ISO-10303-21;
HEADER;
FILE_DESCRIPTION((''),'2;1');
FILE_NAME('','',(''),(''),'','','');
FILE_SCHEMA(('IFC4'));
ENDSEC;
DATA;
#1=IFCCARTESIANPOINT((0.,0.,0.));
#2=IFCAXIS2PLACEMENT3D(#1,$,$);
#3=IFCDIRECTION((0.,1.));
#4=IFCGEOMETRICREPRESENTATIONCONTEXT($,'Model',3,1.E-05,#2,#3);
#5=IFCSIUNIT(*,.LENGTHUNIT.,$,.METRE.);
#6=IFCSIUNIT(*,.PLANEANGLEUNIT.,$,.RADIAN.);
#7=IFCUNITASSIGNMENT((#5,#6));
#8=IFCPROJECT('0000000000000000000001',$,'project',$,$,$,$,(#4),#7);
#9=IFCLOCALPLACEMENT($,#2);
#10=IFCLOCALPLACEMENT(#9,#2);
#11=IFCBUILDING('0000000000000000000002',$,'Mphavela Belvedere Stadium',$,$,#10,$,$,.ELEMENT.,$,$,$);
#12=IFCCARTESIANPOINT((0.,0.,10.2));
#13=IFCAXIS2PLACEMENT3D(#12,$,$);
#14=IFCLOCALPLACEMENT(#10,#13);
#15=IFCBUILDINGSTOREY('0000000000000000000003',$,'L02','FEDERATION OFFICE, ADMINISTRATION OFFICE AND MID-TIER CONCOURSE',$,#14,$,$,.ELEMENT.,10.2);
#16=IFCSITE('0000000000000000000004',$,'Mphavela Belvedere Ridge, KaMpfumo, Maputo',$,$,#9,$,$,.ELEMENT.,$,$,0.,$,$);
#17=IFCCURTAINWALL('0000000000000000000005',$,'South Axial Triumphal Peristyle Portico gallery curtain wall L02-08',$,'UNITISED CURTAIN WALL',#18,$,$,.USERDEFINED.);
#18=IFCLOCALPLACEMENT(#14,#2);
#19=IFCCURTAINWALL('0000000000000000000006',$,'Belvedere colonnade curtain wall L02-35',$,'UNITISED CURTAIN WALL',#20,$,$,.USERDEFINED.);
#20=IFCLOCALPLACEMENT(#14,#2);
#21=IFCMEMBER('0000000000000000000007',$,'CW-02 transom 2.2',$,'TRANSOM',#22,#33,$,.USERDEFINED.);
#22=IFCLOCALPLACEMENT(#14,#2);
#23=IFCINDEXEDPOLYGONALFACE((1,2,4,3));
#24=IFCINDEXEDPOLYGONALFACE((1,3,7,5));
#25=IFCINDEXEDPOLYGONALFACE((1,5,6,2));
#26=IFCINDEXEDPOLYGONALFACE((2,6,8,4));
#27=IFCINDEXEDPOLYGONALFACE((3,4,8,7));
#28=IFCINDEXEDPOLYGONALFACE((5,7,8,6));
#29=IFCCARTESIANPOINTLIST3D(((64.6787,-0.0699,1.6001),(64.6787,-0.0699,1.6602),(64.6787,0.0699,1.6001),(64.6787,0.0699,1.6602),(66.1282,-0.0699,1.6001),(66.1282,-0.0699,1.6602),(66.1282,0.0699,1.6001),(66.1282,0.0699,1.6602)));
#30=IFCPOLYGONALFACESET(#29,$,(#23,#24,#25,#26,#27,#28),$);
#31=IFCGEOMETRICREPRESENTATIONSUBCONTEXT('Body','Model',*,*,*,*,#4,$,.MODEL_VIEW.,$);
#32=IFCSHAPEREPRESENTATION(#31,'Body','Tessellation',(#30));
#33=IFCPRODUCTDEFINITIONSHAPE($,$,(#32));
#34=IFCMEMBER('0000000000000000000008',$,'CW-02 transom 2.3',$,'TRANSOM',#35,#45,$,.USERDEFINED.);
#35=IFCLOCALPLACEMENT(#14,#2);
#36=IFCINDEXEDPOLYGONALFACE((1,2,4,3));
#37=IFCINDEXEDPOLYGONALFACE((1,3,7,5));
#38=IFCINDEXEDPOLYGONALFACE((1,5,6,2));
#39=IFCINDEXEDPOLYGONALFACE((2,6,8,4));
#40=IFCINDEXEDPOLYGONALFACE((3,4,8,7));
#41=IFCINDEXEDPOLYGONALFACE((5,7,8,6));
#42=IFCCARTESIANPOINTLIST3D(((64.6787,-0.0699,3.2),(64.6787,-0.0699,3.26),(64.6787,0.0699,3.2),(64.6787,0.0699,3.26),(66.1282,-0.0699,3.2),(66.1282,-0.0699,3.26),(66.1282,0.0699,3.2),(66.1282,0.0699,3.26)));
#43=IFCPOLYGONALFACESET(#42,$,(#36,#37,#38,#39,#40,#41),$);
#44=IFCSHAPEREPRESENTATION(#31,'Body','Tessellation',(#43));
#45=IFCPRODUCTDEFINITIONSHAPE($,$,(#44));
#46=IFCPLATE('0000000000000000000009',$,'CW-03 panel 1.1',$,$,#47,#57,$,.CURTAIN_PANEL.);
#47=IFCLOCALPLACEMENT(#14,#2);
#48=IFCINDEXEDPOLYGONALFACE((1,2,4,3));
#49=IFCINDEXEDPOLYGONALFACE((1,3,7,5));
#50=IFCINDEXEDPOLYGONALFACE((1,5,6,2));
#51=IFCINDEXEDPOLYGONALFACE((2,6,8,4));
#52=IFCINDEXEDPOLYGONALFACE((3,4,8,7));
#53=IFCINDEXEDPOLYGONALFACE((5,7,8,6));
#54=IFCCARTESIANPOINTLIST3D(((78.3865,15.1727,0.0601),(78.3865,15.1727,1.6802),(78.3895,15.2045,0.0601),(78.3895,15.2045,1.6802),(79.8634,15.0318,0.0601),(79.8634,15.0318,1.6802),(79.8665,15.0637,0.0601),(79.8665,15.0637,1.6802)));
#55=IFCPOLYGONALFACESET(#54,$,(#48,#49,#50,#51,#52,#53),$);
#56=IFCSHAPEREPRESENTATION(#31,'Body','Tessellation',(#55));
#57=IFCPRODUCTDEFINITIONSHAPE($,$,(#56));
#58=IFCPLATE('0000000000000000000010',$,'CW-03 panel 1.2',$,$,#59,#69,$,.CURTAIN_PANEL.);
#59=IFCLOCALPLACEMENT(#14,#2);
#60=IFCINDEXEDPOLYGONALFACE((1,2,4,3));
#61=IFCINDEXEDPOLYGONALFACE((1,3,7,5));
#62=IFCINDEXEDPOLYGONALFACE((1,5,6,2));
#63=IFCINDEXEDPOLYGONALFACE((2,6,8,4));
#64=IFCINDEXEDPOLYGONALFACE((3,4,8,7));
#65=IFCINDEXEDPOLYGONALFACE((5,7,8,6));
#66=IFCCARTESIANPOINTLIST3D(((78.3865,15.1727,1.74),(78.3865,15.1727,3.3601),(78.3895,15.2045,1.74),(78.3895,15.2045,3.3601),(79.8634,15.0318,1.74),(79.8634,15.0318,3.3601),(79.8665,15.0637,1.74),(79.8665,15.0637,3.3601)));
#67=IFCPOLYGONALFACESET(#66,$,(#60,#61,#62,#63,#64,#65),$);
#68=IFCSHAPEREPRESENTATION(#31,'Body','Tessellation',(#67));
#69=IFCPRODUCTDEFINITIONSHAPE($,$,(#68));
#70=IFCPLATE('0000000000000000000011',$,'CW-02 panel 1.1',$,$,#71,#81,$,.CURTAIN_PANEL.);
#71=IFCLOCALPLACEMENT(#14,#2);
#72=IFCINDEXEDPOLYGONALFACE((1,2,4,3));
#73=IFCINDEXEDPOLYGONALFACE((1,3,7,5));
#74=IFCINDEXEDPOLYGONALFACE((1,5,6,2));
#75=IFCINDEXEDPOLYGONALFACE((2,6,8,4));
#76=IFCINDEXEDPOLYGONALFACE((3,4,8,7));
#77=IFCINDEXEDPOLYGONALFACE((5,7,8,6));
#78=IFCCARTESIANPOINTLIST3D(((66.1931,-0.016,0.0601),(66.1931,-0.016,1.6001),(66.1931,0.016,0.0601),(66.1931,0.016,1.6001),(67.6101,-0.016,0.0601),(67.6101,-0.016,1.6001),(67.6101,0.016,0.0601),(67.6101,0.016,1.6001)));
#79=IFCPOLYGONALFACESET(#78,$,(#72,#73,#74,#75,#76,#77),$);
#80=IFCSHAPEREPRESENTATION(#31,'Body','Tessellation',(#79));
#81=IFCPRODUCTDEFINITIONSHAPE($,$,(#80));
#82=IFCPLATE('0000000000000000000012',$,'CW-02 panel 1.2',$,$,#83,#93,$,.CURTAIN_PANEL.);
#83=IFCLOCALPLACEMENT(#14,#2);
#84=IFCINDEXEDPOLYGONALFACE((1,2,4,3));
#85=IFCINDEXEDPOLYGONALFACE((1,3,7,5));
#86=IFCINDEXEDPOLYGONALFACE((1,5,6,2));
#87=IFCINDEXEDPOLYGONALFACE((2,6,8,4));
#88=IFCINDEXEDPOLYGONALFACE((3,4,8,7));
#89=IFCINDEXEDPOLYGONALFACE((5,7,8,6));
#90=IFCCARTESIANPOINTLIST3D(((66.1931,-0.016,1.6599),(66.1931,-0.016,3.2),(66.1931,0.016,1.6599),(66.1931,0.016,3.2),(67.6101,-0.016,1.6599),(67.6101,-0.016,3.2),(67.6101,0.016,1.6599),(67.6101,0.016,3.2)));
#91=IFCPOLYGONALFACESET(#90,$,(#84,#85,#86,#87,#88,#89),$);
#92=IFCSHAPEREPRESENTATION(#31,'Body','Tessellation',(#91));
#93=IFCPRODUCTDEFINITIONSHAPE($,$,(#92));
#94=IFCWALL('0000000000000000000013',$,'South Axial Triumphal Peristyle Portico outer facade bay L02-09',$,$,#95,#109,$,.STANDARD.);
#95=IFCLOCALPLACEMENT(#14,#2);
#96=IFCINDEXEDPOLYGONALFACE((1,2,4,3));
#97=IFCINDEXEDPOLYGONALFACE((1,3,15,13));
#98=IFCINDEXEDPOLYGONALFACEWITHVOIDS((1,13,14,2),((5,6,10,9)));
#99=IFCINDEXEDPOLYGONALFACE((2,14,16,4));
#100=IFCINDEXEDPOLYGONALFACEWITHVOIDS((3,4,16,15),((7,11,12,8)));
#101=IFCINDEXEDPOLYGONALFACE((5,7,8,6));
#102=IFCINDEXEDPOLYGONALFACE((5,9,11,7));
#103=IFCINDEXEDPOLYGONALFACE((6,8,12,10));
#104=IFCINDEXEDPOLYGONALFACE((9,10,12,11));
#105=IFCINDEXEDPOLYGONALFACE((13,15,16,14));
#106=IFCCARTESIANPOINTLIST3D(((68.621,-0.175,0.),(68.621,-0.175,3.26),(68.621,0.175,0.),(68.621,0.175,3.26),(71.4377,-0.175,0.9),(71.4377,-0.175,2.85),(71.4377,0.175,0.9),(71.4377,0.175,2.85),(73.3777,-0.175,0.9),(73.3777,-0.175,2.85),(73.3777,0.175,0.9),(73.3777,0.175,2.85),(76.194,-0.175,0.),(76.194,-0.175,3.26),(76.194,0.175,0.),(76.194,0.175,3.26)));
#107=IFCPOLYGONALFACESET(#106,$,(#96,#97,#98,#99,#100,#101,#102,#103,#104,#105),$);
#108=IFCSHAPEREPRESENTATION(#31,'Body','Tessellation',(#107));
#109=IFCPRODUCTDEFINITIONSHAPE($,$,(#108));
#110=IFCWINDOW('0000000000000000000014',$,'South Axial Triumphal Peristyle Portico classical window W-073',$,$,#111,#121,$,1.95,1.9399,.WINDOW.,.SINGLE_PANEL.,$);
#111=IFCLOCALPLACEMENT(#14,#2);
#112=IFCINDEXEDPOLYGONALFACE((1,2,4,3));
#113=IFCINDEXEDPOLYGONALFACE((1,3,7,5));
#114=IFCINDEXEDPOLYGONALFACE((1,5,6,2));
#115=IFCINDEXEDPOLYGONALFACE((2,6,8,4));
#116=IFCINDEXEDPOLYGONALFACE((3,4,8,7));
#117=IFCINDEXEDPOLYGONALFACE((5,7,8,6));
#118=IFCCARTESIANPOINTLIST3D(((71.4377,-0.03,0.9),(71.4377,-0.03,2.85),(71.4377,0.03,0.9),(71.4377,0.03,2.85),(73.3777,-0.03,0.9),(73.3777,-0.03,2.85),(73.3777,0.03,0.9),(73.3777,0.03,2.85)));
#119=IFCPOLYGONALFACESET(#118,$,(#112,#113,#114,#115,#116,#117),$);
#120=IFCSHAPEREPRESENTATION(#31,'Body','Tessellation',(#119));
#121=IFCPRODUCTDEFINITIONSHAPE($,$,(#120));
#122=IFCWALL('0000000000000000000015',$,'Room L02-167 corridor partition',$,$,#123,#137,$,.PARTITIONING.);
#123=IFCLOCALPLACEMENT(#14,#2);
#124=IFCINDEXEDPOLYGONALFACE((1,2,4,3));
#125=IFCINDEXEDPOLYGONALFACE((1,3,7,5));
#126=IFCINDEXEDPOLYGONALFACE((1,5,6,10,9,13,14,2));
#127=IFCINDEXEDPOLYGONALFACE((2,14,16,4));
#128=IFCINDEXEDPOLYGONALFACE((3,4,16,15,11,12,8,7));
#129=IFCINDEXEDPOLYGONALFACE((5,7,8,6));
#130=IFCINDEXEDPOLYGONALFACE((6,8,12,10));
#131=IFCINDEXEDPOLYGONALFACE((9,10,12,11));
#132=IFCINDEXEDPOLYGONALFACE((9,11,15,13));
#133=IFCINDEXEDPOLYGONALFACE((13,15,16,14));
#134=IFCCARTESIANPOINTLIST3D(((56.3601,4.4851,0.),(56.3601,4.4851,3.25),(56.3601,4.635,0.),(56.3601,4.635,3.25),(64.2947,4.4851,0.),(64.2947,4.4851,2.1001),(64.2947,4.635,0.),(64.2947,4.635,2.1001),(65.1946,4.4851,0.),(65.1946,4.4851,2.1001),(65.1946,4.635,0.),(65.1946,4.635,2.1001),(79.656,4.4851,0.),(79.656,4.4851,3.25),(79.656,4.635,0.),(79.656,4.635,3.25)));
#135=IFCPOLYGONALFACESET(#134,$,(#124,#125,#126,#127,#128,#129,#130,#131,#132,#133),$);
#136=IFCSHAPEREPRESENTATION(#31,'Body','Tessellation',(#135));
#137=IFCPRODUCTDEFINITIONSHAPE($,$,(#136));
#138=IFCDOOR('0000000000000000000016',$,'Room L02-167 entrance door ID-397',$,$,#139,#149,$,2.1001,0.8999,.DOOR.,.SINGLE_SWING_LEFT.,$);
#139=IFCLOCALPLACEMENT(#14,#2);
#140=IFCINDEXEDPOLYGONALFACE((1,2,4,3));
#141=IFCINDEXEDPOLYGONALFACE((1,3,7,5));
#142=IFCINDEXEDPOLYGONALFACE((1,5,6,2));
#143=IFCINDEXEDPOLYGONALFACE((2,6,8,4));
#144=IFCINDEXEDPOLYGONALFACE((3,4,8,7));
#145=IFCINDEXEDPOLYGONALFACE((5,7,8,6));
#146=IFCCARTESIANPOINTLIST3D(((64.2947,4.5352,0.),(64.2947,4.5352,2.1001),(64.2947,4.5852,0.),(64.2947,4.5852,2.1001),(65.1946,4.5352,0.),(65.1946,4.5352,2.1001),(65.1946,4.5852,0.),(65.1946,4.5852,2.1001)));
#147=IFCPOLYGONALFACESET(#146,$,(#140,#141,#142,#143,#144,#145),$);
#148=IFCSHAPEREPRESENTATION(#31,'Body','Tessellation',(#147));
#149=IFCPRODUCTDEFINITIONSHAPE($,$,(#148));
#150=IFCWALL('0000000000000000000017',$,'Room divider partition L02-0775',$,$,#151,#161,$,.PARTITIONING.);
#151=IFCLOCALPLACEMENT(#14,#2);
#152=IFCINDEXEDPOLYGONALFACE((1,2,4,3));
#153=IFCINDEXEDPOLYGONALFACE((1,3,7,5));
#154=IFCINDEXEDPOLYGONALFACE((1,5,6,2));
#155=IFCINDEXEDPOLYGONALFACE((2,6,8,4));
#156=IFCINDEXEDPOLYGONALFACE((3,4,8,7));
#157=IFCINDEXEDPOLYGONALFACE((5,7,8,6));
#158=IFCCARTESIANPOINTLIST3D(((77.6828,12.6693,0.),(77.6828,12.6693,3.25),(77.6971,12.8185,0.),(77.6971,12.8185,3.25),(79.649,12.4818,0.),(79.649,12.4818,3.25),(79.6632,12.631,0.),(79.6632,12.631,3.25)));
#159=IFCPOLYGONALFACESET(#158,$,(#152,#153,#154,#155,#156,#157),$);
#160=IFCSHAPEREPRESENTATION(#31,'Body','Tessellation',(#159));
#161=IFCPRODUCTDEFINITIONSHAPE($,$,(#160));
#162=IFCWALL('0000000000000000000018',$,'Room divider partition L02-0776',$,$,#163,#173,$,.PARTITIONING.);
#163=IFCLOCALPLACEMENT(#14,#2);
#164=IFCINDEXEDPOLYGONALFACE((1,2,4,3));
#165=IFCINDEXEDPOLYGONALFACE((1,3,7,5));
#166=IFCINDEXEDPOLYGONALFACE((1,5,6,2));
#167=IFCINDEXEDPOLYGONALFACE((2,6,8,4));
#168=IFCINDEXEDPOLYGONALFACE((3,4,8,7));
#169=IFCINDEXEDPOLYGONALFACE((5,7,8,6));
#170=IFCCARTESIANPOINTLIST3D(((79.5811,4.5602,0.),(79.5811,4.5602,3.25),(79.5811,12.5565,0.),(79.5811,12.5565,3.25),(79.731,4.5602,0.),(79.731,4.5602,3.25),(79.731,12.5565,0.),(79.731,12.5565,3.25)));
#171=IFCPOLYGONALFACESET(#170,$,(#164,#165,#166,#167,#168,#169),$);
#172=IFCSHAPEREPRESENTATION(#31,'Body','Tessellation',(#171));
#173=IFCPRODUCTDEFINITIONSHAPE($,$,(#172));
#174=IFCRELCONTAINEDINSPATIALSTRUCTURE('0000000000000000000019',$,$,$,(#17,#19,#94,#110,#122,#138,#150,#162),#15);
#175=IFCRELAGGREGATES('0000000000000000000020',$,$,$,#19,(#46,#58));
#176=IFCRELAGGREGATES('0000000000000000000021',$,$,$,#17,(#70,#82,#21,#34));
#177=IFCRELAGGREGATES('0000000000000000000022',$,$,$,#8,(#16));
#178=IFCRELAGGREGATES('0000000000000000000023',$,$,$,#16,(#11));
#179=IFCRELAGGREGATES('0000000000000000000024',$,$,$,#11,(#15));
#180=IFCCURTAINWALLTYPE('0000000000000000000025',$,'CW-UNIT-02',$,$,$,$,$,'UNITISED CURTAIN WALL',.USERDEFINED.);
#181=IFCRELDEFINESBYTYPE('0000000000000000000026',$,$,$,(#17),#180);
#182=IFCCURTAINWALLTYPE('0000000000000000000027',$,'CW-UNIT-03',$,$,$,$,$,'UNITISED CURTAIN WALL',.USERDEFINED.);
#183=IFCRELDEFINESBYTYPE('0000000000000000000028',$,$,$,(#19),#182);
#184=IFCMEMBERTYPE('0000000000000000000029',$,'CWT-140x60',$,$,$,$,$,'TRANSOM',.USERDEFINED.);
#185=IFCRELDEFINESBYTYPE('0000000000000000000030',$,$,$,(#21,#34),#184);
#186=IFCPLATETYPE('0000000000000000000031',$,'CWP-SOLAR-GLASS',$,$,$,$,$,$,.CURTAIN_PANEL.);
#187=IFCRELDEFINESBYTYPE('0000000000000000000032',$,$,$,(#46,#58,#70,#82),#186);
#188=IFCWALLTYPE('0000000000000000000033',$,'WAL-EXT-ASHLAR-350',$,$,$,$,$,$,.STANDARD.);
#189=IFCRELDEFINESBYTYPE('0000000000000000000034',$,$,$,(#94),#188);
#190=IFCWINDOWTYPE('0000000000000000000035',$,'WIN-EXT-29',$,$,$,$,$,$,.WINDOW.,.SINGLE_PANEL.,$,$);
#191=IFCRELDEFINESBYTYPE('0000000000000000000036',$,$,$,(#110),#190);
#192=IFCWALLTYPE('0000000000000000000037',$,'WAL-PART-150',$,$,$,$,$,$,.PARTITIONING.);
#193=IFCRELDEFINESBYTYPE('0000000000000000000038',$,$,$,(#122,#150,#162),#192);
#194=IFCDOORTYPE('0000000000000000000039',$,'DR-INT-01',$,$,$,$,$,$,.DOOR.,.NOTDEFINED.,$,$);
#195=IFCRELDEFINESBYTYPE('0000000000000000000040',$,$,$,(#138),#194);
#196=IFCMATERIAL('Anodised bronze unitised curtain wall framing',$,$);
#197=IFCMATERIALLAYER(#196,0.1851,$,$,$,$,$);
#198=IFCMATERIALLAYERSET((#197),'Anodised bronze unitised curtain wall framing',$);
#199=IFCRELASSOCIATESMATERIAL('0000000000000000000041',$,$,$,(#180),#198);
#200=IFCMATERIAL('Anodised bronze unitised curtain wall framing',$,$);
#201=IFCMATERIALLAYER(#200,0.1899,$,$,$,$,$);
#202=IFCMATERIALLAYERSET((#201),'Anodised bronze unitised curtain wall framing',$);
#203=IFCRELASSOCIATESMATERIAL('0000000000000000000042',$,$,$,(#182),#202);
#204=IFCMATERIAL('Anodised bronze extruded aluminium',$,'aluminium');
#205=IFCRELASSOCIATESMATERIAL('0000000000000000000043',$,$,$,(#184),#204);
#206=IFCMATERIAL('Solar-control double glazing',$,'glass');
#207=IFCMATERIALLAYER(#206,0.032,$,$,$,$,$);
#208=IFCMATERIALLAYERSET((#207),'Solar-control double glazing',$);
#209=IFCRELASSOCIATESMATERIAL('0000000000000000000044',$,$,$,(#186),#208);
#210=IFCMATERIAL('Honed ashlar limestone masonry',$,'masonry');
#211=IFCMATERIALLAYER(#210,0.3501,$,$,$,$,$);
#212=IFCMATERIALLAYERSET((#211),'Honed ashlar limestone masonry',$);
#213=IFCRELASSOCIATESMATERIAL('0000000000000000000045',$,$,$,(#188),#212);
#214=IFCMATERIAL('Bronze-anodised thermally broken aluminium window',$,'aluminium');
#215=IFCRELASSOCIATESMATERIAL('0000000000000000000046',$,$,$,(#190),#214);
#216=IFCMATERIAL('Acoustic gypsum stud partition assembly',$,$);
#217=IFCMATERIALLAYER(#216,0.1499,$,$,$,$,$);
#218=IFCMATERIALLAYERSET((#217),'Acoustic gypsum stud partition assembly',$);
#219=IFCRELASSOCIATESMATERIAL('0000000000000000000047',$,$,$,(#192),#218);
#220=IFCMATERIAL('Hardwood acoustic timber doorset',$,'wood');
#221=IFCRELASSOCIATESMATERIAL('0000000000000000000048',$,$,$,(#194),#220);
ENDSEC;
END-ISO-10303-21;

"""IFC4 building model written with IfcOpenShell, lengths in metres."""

from ifc_helpers import new_model, si_unit, direction, frame, frame_2d, origin, origin_2d, place, context, subcontext, project, spatial, rectangle, extrude, material, layer, layer_set, material_profile, profile_set, type_object, element, fill, aggregate, save


model = new_model("IFC4")

# Units and contexts
model_context = context("Model", 3, precision=1e-05, world=origin(), true_north=direction((0.0, 1.0)))
body_context = subcontext(model_context, "Body", "Model", "MODEL_VIEW")
ifc_project = project(units=[si_unit("LENGTHUNIT", "METRE"), si_unit("PLANEANGLEUNIT", "RADIAN")], contexts=[model_context])

# Site, building, storey
site_placement = place(None, origin())
site = spatial("IfcSite", under=ifc_project, at=site_placement, Name="Mphavela Belvedere Ridge, KaMpfumo, Maputo", CompositionType="ELEMENT", RefElevation=0.0)
building_placement = place(site_placement, origin())
building = spatial("IfcBuilding", under=site, at=building_placement, Name="Mphavela Belvedere Stadium", CompositionType="ELEMENT")
storey_placement = place(building_placement, frame((0.0, 0.0, 10.2)))
storey = spatial("IfcBuildingStorey", under=building, at=storey_placement, Name="L02", Description="FEDERATION OFFICE, ADMINISTRATION OFFICE AND MID-TIER CONCOURSE", CompositionType="ELEMENT", Elevation=10.2)

# Curtain wall
ifc_material_1 = material(Name="Anodised bronze unitised curtain wall framing")
ifc_layer_1 = layer(ifc_material_1, 0.1851)
ifc_layer_set_1 = layer_set([ifc_layer_1], Name="Anodised bronze unitised curtain wall framing")
curtain_wall_type_1 = type_object("IfcCurtainWallType", Name="CW-UNIT-02", ElementType="UNITISED CURTAIN WALL", PredefinedType="USERDEFINED", material=ifc_layer_set_1)
curtain_wall_1_placement = place(storey_placement, origin())
curtain_wall_1 = element("IfcCurtainWall", 1, at=curtain_wall_1_placement, inside=storey, type_object=curtain_wall_type_1, Name="South Axial Triumphal Peristyle Portico gallery curtain wall L02-08", ObjectType="UNITISED CURTAIN WALL", PredefinedType="USERDEFINED")

# Curtain wall
ifc_material_2 = material(Name="Anodised bronze unitised curtain wall framing")
ifc_layer_2 = layer(ifc_material_2, 0.1899)
ifc_layer_set_2 = layer_set([ifc_layer_2], Name="Anodised bronze unitised curtain wall framing")
curtain_wall_type_2 = type_object("IfcCurtainWallType", Name="CW-UNIT-03", ElementType="UNITISED CURTAIN WALL", PredefinedType="USERDEFINED", material=ifc_layer_set_2)
curtain_wall_2_placement = place(storey_placement, origin())
curtain_wall_2 = element("IfcCurtainWall", 2, at=curtain_wall_2_placement, inside=storey, type_object=curtain_wall_type_2, Name="Belvedere colonnade curtain wall L02-35", ObjectType="UNITISED CURTAIN WALL", PredefinedType="USERDEFINED")
ifc_material_3 = material(Name="Anodised bronze extruded aluminium", Category="aluminium")
ifc_material_profile_1 = material_profile(ifc_material_3, rectangle(XDim=0.1399, YDim=0.0601, at=origin_2d()), Name="CW-TRN 140x60")
ifc_profile_set_1 = profile_set([ifc_material_profile_1], Name="Anodised bronze extruded aluminium")
member_type_1 = type_object("IfcMemberType", Name="CWT-140x60", ElementType="TRANSOM", PredefinedType="USERDEFINED", material=ifc_profile_set_1)

# Members
member_1_placement = place(storey_placement, frame((66.1282, 0.0, 1.6301), z_axis=(-1.0, 0.0, 0.0), x_axis=(0.0, -1.0, 0.0)))
member_1 = element("IfcMember", 3, at=member_1_placement, type_object=member_type_1, Name="CW-02 transom 2.2", ObjectType="TRANSOM", PredefinedType="USERDEFINED", context=body_context, shape_type="SweptSolid", body=[
    extrude(rectangle(XDim=0.1399, YDim=0.0601, at=origin_2d()), origin(), (0.0, 0.0, 1.0), 1.4495),
])
member_2_placement = place(storey_placement, frame((66.1282, 0.0, 3.23), z_axis=(-1.0, 0.0, 0.0), x_axis=(0.0, -1.0, 0.0)))
member_2 = element("IfcMember", 4, at=member_2_placement, type_object=member_type_1, Name="CW-02 transom 2.3", ObjectType="TRANSOM", PredefinedType="USERDEFINED", context=body_context, shape_type="SweptSolid", body=[
    extrude(rectangle(XDim=0.1399, YDim=0.0601, at=origin_2d()), origin(), (0.0, 0.0, 1.0), 1.4495),
])

# Plates
ifc_material_4 = material(Name="Solar-control double glazing", Category="glass")
ifc_layer_3 = layer(ifc_material_4, 0.032)
ifc_layer_set_3 = layer_set([ifc_layer_3], Name="Solar-control double glazing")
plate_type = type_object("IfcPlateType", Name="CWP-SOLAR-GLASS", PredefinedType="CURTAIN_PANEL", material=ifc_layer_set_3)
plate_1_placement = place(storey_placement, frame((79.1265, 15.1182, 0.0601), z_axis=(0.0, 0.0, 1.0), x_axis=(0.995484, -0.094926, 0.0)))
plate_1 = element("IfcPlate", 5, at=plate_1_placement, type_object=plate_type, Name="CW-03 panel 1.1", PredefinedType="CURTAIN_PANEL", context=body_context, shape_type="SweptSolid", body=[
    extrude(rectangle(XDim=1.4836, YDim=0.032, at=origin_2d()), origin(), (0.0, 0.0, 1.0), 1.6201),
])
plate_2_placement = place(storey_placement, frame((79.1265, 15.1182, 1.74), z_axis=(0.0, 0.0, 1.0), x_axis=(0.995484, -0.094926, 0.0)))
plate_2 = element("IfcPlate", 6, at=plate_2_placement, type_object=plate_type, Name="CW-03 panel 1.2", PredefinedType="CURTAIN_PANEL", context=body_context, shape_type="SweptSolid", body=[
    extrude(rectangle(XDim=1.4836, YDim=0.032, at=origin_2d()), origin(), (0.0, 0.0, 1.0), 1.6201),
])
aggregate(curtain_wall_2, [plate_1, plate_2])
plate_3_placement = place(storey_placement, frame((66.9016, 0.0, 0.0601), z_axis=(0.0, 0.0, 1.0), x_axis=(-1.0, 0.0, 0.0)))
plate_3 = element("IfcPlate", 7, at=plate_3_placement, type_object=plate_type, Name="CW-02 panel 1.1", PredefinedType="CURTAIN_PANEL", context=body_context, shape_type="SweptSolid", body=[
    extrude(rectangle(XDim=1.417, YDim=0.032, at=origin_2d()), origin(), (0.0, 0.0, 1.0), 1.54),
])
plate_4_placement = place(storey_placement, frame((66.9016, 0.0, 1.6599), z_axis=(0.0, 0.0, 1.0), x_axis=(-1.0, 0.0, 0.0)))
plate_4 = element("IfcPlate", 8, at=plate_4_placement, type_object=plate_type, Name="CW-02 panel 1.2", PredefinedType="CURTAIN_PANEL", context=body_context, shape_type="SweptSolid", body=[
    extrude(rectangle(XDim=1.417, YDim=0.032, at=origin_2d()), origin(), (0.0, 0.0, 1.0), 1.54),
])
aggregate(curtain_wall_1, [plate_3, plate_4, member_1, member_2])

# Wall, opening, window
ifc_material_5 = material(Name="Honed ashlar limestone masonry", Category="masonry")
ifc_layer_4 = layer(ifc_material_5, 0.3501)
ifc_layer_set_4 = layer_set([ifc_layer_4], Name="Honed ashlar limestone masonry")
wall_type_1 = type_object("IfcWallType", Name="WAL-EXT-ASHLAR-350", PredefinedType="STANDARD", material=ifc_layer_set_4)
wall_1_placement = place(storey_placement, frame((76.1941, 0.0, 0.0), z_axis=(0.0, 0.0, 1.0), x_axis=(-1.0, 0.0, 0.0)))
wall_1 = element("IfcWall", 9, at=wall_1_placement, inside=storey, type_object=wall_type_1, Name="South Axial Triumphal Peristyle Portico outer facade bay L02-09", PredefinedType="STANDARD", context=body_context, shape_type="SweptSolid", body=[
    extrude(rectangle(XDim=7.573, YDim=0.3501, at=frame_2d((3.7866, 0.0))), origin(), (0.0, 0.0, 1.0), 3.26),
])
opening_1_placement = place(wall_1_placement, frame((2.8164, 0.0, 0.8999)))
opening_1 = element("IfcOpeningElement", 10, at=opening_1_placement, cuts=wall_1, PredefinedType="OPENING", context=body_context, shape_type="SweptSolid", body=[
    extrude(rectangle(XDim=1.9399, YDim=1.95, at=frame_2d((0.97, 0.9751))), frame((0.0, 0.1851, 0.0), z_axis=(0.0, -1.0, 0.0), x_axis=(1.0, 0.0, 0.0)), (0.0, 0.0, 1.0), 0.3701),
])
ifc_material_6 = material(Name="Bronze-anodised thermally broken aluminium window", Category="aluminium")
window_type = type_object("IfcWindowType", Name="WIN-EXT-29", PartitioningType="SINGLE_PANEL", PredefinedType="WINDOW", material=ifc_material_6)
window_placement = place(opening_1_placement, origin())
window = element("IfcWindow", 11, at=window_placement, inside=storey, type_object=window_type, Name="South Axial Triumphal Peristyle Portico classical window W-073", OverallHeight=1.95, OverallWidth=1.9399, PartitioningType="SINGLE_PANEL", PredefinedType="WINDOW", context=body_context, shape_type="SweptSolid", body=[
    extrude(rectangle(XDim=1.9399, YDim=1.95, at=frame_2d((0.97, 0.9751))), frame((0.0, 0.03, 0.0), z_axis=(0.0, -1.0, 0.0), x_axis=(1.0, 0.0, 0.0)), (0.0, 0.0, 1.0), 0.0601),
])
fill(opening_1, window)

# Wall, opening, door
ifc_material_7 = material(Name="Acoustic gypsum stud partition assembly")
ifc_layer_5 = layer(ifc_material_7, 0.1499)
ifc_layer_set_5 = layer_set([ifc_layer_5], Name="Acoustic gypsum stud partition assembly")
wall_type_2 = type_object("IfcWallType", Name="WAL-PART-150", PredefinedType="PARTITIONING", material=ifc_layer_set_5)
wall_2_placement = place(storey_placement, frame((79.656, 4.5601, 0.0), z_axis=(0.0, 0.0, 1.0), x_axis=(-1.0, 0.0, 0.0)))
wall_2 = element("IfcWall", 12, at=wall_2_placement, inside=storey, type_object=wall_type_2, Name="Room L02-167 corridor partition", PredefinedType="PARTITIONING", context=body_context, shape_type="SweptSolid", body=[
    extrude(rectangle(XDim=23.2959, YDim=0.1499, at=frame_2d((11.6479, 0.0))), origin(), (0.0, 0.0, 1.0), 3.25),
])
opening_2_placement = place(wall_2_placement, frame((14.4614, 0.0, 0.0)))
opening_2 = element("IfcOpeningElement", 13, at=opening_2_placement, cuts=wall_2, PredefinedType="OPENING", context=body_context, shape_type="SweptSolid", body=[
    extrude(rectangle(XDim=0.8999, YDim=2.1001, at=frame_2d((0.45, 1.05))), frame((0.0, 0.085, 0.0), z_axis=(0.0, -1.0, 0.0), x_axis=(1.0, 0.0, 0.0)), (0.0, 0.0, 1.0), 0.1699),
])
ifc_material_8 = material(Name="Hardwood acoustic timber doorset", Category="wood")
door_type = type_object("IfcDoorType", Name="DR-INT-01", OperationType="NOTDEFINED", PredefinedType="DOOR", material=ifc_material_8)
door_placement = place(opening_2_placement, origin())
door = element("IfcDoor", 14, at=door_placement, inside=storey, type_object=door_type, Name="Room L02-167 entrance door ID-397", OperationType="SINGLE_SWING_LEFT", OverallHeight=2.1001, OverallWidth=0.8999, PredefinedType="DOOR", context=body_context, shape_type="SweptSolid", body=[
    extrude(rectangle(XDim=0.8999, YDim=2.1001, at=frame_2d((0.45, 1.05))), frame((0.0, 0.0249, 0.0), z_axis=(0.0, -1.0, 0.0), x_axis=(1.0, 0.0, 0.0)), (0.0, 0.0, 1.0), 0.05),
])
fill(opening_2, door)

# Walls
wall_3_placement = place(storey_placement, frame((77.6899, 12.7439, 0.0), z_axis=(0.0, 0.0, 1.0), x_axis=(0.995483, -0.094937, 0.0)))
element("IfcWall", 15, at=wall_3_placement, inside=storey, type_object=wall_type_2, Name="Room divider partition L02-0775", PredefinedType="PARTITIONING", context=body_context, shape_type="SweptSolid", body=[
    extrude(rectangle(XDim=1.9751, YDim=0.1499, at=frame_2d((0.9875, 0.0))), origin(), (0.0, 0.0, 1.0), 3.25),
])
wall_4_placement = place(storey_placement, frame((79.656, 12.5564, 0.0), z_axis=(0.0, 0.0, 1.0), x_axis=(0.0, -1.0, 0.0)))
element("IfcWall", 16, at=wall_4_placement, inside=storey, type_object=wall_type_2, Name="Room divider partition L02-0776", PredefinedType="PARTITIONING", context=body_context, shape_type="SweptSolid", body=[
    extrude(rectangle(XDim=7.9963, YDim=0.1499, at=frame_2d((3.998, 0.0))), origin(), (0.0, 0.0, 1.0), 3.25),
])

save(model, "model.ifc")
